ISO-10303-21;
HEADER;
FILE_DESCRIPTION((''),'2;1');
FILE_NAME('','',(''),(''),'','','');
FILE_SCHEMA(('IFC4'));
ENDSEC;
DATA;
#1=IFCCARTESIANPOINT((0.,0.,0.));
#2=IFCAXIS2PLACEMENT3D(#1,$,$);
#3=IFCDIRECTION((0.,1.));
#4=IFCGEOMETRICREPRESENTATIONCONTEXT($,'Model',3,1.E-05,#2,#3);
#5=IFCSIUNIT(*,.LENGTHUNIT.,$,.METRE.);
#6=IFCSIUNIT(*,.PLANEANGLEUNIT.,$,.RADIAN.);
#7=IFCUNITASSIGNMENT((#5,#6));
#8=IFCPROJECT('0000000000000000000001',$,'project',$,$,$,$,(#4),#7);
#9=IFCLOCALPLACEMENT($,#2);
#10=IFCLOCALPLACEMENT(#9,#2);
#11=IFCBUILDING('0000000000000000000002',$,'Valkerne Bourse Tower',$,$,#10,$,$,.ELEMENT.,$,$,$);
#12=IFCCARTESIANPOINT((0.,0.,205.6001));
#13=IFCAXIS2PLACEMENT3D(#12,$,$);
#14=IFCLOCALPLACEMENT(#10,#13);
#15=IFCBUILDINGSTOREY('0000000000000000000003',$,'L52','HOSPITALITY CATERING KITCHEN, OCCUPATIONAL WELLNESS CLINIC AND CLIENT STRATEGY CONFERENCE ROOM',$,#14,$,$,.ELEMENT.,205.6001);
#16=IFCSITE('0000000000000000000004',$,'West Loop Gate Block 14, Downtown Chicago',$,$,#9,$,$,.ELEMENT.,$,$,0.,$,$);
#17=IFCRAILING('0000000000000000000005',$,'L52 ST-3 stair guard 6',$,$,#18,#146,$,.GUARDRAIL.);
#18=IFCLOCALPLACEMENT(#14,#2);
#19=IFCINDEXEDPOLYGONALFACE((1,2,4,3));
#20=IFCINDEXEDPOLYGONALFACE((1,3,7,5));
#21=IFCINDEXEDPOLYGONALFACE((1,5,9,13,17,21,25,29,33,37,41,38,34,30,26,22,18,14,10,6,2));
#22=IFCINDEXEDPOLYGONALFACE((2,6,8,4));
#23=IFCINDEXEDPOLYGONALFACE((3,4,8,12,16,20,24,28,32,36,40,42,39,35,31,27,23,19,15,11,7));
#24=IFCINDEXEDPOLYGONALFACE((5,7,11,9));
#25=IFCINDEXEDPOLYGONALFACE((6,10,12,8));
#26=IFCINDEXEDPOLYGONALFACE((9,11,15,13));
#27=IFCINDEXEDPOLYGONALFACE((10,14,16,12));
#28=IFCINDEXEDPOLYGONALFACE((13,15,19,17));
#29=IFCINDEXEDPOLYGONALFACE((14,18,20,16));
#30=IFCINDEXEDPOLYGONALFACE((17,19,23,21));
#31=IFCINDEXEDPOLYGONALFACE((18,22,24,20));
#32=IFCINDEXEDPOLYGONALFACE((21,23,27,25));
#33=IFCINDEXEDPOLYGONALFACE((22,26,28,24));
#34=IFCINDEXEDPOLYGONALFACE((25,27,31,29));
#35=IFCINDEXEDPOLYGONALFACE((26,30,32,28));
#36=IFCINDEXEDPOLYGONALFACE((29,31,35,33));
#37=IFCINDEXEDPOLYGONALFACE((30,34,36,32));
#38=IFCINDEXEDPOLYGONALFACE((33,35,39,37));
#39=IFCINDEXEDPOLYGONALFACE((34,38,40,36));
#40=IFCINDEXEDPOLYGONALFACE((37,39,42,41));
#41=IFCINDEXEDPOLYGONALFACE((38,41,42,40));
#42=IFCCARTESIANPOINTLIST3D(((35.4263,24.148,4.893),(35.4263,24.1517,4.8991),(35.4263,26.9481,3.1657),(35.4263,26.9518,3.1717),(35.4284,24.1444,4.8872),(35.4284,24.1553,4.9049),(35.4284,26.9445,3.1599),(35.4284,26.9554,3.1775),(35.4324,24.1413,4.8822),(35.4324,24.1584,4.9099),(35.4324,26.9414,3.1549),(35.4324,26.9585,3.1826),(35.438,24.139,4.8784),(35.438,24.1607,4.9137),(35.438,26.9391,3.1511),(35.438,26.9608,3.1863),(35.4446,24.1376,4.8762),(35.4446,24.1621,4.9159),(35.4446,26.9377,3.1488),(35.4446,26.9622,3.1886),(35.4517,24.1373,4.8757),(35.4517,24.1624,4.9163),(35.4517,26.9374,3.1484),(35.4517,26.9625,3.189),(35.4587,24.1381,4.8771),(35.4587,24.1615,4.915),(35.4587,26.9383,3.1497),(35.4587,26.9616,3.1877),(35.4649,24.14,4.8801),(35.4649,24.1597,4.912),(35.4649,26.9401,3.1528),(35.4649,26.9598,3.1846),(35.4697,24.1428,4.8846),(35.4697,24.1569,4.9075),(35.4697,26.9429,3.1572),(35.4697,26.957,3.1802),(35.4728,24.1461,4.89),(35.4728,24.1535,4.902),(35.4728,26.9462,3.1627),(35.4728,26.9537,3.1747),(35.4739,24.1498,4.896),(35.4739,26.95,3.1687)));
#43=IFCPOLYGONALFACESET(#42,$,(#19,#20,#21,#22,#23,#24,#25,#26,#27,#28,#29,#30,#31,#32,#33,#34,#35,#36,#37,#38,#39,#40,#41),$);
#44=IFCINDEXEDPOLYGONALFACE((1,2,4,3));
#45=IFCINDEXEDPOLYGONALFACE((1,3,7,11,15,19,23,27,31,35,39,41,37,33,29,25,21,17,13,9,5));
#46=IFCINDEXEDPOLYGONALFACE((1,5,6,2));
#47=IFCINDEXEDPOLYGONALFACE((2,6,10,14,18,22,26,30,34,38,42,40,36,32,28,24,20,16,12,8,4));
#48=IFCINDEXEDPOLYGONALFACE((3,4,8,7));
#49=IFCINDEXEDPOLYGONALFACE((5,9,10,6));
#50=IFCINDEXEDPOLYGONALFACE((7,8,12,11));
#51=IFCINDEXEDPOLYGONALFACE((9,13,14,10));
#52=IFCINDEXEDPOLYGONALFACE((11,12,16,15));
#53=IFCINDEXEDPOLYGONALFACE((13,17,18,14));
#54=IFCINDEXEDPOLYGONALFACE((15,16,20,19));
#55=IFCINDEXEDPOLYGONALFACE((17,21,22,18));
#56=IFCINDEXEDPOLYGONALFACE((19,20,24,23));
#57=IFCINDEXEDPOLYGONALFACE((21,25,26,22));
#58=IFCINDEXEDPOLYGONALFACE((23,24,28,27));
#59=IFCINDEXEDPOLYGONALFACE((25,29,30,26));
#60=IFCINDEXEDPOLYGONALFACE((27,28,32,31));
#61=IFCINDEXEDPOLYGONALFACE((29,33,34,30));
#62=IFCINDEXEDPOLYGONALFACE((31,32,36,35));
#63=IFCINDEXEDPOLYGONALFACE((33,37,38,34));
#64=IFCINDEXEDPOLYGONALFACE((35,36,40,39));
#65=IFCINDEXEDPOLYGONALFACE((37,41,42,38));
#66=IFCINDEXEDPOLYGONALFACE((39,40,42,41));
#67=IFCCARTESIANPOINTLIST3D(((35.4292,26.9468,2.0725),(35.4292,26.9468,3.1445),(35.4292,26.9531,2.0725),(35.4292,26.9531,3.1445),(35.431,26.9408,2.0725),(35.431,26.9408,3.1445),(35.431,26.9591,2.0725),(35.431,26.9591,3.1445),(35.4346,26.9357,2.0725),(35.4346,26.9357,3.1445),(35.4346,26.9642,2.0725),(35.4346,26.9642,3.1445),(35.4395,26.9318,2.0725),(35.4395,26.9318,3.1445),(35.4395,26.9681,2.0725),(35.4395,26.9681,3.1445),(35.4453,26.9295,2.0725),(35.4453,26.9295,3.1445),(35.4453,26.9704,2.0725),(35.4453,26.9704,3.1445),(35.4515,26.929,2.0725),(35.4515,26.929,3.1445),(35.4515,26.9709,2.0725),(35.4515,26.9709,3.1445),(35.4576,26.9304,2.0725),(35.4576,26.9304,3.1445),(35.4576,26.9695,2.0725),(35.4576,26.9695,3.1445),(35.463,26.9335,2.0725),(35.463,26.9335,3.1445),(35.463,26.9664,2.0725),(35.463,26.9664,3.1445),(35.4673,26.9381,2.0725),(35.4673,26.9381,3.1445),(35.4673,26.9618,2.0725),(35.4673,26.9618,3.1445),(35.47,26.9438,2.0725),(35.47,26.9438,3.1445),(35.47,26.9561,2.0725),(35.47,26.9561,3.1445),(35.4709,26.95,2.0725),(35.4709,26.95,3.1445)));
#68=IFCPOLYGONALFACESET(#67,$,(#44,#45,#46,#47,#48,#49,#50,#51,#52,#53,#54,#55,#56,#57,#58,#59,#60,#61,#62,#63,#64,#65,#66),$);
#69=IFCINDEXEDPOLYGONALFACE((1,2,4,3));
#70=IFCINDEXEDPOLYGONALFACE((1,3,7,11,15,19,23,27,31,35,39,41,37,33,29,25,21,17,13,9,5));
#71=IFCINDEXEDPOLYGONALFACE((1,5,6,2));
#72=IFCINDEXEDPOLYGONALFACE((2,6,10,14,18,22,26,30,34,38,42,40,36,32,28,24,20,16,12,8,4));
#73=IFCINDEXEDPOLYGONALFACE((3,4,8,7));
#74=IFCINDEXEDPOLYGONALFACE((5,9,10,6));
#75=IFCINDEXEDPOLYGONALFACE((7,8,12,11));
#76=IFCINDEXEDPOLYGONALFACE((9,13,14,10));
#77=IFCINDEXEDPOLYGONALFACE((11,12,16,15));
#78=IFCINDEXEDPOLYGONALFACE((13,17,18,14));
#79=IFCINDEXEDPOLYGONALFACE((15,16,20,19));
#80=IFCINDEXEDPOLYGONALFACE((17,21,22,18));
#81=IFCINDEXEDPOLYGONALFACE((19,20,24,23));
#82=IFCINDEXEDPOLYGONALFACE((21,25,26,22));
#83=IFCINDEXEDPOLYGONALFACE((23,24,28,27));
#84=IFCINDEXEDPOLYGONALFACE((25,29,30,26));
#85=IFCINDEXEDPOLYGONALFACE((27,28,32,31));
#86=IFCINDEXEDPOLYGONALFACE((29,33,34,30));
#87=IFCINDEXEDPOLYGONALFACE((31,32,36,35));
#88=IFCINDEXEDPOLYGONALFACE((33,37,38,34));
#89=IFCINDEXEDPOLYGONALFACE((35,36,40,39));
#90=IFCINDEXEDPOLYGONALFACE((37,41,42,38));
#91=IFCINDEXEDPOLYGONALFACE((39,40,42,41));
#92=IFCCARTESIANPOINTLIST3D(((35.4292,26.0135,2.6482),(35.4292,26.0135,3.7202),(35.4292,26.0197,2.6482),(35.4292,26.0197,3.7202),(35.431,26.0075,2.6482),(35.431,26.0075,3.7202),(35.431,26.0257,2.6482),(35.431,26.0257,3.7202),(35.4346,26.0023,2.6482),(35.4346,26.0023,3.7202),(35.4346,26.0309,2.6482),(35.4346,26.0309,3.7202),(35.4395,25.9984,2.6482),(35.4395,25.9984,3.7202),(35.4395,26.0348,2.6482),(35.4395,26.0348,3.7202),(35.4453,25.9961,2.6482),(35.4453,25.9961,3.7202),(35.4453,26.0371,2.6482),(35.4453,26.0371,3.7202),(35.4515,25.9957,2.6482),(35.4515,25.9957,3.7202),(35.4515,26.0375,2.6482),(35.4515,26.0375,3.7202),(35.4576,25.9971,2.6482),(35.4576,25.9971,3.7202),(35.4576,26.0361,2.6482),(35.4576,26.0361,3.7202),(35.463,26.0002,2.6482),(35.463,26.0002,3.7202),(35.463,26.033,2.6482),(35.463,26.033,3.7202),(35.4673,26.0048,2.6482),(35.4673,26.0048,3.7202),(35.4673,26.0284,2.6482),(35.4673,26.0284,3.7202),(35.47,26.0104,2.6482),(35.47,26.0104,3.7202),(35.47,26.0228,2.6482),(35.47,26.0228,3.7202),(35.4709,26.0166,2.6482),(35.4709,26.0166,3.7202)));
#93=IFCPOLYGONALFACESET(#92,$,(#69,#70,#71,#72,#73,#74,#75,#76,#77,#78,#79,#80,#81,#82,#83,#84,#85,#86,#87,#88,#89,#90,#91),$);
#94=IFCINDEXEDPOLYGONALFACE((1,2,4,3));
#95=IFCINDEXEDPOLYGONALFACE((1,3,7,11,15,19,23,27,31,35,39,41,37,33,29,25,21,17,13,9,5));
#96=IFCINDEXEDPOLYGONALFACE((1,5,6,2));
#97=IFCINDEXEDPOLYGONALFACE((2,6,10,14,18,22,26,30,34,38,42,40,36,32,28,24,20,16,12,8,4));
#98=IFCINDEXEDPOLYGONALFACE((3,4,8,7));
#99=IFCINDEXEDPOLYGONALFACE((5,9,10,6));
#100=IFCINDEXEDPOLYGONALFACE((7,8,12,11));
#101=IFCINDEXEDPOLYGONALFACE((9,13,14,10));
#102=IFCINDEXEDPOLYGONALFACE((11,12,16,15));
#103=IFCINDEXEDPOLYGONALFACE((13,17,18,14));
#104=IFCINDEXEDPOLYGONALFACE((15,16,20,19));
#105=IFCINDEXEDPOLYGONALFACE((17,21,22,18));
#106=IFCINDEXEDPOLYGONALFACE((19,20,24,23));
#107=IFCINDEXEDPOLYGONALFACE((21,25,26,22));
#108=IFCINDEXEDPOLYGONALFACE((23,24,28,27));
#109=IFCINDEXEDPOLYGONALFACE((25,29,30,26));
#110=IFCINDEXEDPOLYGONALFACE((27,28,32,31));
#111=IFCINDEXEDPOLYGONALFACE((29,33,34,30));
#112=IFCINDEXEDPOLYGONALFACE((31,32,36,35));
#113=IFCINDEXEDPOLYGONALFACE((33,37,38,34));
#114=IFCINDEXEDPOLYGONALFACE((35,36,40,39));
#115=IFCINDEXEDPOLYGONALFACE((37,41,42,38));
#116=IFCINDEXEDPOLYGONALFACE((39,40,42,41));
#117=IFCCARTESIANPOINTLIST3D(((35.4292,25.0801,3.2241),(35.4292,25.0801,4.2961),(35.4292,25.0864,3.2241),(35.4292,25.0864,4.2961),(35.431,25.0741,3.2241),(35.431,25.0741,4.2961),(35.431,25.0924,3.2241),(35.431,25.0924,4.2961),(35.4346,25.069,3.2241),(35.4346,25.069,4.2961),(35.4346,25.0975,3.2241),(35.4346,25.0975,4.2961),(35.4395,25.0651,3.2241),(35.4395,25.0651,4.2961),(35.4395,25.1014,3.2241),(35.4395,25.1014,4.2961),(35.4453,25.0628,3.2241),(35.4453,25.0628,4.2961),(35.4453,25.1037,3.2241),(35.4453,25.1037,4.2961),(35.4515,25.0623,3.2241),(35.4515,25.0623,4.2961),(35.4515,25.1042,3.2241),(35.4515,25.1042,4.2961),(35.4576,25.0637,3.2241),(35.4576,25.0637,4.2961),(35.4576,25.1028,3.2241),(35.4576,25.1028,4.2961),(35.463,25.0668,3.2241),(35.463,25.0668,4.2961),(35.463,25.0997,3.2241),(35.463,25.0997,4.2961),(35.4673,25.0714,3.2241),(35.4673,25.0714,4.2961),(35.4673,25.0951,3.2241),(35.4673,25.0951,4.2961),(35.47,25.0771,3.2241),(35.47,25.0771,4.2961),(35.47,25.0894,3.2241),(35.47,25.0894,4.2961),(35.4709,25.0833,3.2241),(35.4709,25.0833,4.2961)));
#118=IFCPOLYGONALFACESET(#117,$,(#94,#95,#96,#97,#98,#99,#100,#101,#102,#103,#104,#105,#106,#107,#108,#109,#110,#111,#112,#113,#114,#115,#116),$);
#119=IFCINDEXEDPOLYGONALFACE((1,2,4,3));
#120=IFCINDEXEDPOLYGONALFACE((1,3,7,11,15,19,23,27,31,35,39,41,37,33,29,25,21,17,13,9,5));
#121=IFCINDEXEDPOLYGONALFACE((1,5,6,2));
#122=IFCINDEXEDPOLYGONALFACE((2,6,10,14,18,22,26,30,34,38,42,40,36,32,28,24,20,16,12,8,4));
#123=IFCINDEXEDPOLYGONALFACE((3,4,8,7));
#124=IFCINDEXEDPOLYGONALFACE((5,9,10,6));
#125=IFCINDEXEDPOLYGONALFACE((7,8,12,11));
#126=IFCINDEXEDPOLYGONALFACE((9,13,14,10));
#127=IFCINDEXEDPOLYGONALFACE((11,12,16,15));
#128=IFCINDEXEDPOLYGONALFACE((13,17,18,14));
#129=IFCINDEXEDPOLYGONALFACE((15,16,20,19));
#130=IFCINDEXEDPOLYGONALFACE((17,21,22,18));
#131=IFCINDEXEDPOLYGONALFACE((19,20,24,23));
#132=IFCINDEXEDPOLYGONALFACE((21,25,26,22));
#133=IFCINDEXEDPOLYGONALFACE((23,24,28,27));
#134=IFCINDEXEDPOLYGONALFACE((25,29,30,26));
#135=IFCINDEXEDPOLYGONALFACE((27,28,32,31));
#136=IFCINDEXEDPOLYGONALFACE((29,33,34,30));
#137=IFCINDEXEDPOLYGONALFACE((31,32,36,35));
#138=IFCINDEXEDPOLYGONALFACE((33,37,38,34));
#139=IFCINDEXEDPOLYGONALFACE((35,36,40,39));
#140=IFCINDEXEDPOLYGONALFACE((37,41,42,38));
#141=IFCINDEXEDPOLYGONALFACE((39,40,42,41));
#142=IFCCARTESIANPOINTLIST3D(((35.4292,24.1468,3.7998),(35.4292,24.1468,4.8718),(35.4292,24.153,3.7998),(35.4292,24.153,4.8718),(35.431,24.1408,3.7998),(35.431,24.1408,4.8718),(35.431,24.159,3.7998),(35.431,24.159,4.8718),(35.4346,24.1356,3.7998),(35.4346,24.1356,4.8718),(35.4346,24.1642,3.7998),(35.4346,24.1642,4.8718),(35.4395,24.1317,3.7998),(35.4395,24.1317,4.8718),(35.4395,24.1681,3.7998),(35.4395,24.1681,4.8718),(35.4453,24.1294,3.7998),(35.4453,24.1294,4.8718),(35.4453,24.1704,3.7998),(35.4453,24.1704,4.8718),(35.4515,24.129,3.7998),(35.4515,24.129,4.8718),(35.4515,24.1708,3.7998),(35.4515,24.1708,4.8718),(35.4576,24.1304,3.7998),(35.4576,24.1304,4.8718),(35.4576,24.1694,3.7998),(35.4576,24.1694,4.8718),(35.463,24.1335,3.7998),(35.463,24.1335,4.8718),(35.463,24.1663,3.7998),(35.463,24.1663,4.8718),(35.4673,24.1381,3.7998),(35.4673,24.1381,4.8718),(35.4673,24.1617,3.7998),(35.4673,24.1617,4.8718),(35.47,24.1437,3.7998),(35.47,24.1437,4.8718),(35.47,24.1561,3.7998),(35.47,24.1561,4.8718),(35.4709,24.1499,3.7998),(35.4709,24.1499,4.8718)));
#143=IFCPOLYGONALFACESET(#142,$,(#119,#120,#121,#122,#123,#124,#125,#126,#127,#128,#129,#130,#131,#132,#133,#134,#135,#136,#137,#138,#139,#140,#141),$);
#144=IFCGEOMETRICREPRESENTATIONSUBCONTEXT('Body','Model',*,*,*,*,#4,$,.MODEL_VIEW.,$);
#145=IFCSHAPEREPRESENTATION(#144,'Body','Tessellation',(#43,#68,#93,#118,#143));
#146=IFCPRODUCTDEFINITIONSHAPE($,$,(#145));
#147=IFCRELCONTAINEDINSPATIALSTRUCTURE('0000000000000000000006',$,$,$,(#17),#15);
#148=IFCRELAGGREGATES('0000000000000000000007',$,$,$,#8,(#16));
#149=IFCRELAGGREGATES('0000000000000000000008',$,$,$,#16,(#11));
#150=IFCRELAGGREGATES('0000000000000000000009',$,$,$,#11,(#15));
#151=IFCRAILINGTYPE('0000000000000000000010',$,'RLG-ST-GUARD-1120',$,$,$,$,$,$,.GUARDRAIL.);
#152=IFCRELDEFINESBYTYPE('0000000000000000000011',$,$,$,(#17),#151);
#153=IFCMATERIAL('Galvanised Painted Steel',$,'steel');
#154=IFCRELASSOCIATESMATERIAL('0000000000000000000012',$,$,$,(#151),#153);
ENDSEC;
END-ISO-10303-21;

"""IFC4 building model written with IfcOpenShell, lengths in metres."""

from ifc_helpers import new_model, si_unit, direction, frame, origin, origin_2d, place, context, subcontext, project, spatial, circle, extrude, material, type_object, element, save


model = new_model("IFC4")

# Units and contexts
model_context = context("Model", 3, precision=1e-05, world=origin(), true_north=direction((0.0, 1.0)))
body_context = subcontext(model_context, "Body", "Model", "MODEL_VIEW")
ifc_project = project(units=[si_unit("LENGTHUNIT", "METRE"), si_unit("PLANEANGLEUNIT", "RADIAN")], contexts=[model_context])

# Site, building, storey
site_placement = place(None, origin())
site = spatial("IfcSite", under=ifc_project, at=site_placement, Name="West Loop Gate Block 14, Downtown Chicago", CompositionType="ELEMENT", RefElevation=0.0)
building_placement = place(site_placement, origin())
building = spatial("IfcBuilding", under=site, at=building_placement, Name="Valkerne Bourse Tower", CompositionType="ELEMENT")
storey_placement = place(building_placement, frame((0.0, 0.0, 205.6001)))
storey = spatial("IfcBuildingStorey", under=building, at=storey_placement, Name="L52", Description="HOSPITALITY CATERING KITCHEN, OCCUPATIONAL WELLNESS CLINIC AND CLIENT STRATEGY CONFERENCE ROOM", CompositionType="ELEMENT", Elevation=205.6001)

# Railing
ifc_material_1 = material(Name="Galvanised Painted Steel", Category="steel")
railing_type_1 = type_object("IfcRailingType", Name="RLG-ST-GUARD-1120", PredefinedType="GUARDRAIL", material=ifc_material_1)
railing_1_placement = place(storey_placement, frame((35.45, 26.95, 2.0725)))
element("IfcRailing", 1, at=railing_1_placement, inside=storey, type_object=railing_type_1, Name="L52 ST-3 stair guard 6", PredefinedType="GUARDRAIL", context=body_context, shape_type="SweptSolid", body=[
    extrude(circle(Radius=0.0239, at=origin_2d()), frame((0.0, 0.0, 1.0962), z_axis=(0.0, -0.85109, 0.52502), x_axis=(1.0, 0.0, 0.0)), (0.0, 0.0, 1.0), 3.29),
    extrude(circle(Radius=0.021, at=origin_2d()), origin(), (0.0, 0.0, 1.0), 1.072),
    extrude(circle(Radius=0.021, at=origin_2d()), frame((0.0, -0.9333, 0.5757)), (0.0, 0.0, 1.0), 1.072),
    extrude(circle(Radius=0.021, at=origin_2d()), frame((0.0, -1.8667, 1.1516)), (0.0, 0.0, 1.0), 1.072),
    extrude(circle(Radius=0.021, at=origin_2d()), frame((0.0, -2.8, 1.7273)), (0.0, 0.0, 1.0), 1.072),
])

save(model, "model.ifc")
